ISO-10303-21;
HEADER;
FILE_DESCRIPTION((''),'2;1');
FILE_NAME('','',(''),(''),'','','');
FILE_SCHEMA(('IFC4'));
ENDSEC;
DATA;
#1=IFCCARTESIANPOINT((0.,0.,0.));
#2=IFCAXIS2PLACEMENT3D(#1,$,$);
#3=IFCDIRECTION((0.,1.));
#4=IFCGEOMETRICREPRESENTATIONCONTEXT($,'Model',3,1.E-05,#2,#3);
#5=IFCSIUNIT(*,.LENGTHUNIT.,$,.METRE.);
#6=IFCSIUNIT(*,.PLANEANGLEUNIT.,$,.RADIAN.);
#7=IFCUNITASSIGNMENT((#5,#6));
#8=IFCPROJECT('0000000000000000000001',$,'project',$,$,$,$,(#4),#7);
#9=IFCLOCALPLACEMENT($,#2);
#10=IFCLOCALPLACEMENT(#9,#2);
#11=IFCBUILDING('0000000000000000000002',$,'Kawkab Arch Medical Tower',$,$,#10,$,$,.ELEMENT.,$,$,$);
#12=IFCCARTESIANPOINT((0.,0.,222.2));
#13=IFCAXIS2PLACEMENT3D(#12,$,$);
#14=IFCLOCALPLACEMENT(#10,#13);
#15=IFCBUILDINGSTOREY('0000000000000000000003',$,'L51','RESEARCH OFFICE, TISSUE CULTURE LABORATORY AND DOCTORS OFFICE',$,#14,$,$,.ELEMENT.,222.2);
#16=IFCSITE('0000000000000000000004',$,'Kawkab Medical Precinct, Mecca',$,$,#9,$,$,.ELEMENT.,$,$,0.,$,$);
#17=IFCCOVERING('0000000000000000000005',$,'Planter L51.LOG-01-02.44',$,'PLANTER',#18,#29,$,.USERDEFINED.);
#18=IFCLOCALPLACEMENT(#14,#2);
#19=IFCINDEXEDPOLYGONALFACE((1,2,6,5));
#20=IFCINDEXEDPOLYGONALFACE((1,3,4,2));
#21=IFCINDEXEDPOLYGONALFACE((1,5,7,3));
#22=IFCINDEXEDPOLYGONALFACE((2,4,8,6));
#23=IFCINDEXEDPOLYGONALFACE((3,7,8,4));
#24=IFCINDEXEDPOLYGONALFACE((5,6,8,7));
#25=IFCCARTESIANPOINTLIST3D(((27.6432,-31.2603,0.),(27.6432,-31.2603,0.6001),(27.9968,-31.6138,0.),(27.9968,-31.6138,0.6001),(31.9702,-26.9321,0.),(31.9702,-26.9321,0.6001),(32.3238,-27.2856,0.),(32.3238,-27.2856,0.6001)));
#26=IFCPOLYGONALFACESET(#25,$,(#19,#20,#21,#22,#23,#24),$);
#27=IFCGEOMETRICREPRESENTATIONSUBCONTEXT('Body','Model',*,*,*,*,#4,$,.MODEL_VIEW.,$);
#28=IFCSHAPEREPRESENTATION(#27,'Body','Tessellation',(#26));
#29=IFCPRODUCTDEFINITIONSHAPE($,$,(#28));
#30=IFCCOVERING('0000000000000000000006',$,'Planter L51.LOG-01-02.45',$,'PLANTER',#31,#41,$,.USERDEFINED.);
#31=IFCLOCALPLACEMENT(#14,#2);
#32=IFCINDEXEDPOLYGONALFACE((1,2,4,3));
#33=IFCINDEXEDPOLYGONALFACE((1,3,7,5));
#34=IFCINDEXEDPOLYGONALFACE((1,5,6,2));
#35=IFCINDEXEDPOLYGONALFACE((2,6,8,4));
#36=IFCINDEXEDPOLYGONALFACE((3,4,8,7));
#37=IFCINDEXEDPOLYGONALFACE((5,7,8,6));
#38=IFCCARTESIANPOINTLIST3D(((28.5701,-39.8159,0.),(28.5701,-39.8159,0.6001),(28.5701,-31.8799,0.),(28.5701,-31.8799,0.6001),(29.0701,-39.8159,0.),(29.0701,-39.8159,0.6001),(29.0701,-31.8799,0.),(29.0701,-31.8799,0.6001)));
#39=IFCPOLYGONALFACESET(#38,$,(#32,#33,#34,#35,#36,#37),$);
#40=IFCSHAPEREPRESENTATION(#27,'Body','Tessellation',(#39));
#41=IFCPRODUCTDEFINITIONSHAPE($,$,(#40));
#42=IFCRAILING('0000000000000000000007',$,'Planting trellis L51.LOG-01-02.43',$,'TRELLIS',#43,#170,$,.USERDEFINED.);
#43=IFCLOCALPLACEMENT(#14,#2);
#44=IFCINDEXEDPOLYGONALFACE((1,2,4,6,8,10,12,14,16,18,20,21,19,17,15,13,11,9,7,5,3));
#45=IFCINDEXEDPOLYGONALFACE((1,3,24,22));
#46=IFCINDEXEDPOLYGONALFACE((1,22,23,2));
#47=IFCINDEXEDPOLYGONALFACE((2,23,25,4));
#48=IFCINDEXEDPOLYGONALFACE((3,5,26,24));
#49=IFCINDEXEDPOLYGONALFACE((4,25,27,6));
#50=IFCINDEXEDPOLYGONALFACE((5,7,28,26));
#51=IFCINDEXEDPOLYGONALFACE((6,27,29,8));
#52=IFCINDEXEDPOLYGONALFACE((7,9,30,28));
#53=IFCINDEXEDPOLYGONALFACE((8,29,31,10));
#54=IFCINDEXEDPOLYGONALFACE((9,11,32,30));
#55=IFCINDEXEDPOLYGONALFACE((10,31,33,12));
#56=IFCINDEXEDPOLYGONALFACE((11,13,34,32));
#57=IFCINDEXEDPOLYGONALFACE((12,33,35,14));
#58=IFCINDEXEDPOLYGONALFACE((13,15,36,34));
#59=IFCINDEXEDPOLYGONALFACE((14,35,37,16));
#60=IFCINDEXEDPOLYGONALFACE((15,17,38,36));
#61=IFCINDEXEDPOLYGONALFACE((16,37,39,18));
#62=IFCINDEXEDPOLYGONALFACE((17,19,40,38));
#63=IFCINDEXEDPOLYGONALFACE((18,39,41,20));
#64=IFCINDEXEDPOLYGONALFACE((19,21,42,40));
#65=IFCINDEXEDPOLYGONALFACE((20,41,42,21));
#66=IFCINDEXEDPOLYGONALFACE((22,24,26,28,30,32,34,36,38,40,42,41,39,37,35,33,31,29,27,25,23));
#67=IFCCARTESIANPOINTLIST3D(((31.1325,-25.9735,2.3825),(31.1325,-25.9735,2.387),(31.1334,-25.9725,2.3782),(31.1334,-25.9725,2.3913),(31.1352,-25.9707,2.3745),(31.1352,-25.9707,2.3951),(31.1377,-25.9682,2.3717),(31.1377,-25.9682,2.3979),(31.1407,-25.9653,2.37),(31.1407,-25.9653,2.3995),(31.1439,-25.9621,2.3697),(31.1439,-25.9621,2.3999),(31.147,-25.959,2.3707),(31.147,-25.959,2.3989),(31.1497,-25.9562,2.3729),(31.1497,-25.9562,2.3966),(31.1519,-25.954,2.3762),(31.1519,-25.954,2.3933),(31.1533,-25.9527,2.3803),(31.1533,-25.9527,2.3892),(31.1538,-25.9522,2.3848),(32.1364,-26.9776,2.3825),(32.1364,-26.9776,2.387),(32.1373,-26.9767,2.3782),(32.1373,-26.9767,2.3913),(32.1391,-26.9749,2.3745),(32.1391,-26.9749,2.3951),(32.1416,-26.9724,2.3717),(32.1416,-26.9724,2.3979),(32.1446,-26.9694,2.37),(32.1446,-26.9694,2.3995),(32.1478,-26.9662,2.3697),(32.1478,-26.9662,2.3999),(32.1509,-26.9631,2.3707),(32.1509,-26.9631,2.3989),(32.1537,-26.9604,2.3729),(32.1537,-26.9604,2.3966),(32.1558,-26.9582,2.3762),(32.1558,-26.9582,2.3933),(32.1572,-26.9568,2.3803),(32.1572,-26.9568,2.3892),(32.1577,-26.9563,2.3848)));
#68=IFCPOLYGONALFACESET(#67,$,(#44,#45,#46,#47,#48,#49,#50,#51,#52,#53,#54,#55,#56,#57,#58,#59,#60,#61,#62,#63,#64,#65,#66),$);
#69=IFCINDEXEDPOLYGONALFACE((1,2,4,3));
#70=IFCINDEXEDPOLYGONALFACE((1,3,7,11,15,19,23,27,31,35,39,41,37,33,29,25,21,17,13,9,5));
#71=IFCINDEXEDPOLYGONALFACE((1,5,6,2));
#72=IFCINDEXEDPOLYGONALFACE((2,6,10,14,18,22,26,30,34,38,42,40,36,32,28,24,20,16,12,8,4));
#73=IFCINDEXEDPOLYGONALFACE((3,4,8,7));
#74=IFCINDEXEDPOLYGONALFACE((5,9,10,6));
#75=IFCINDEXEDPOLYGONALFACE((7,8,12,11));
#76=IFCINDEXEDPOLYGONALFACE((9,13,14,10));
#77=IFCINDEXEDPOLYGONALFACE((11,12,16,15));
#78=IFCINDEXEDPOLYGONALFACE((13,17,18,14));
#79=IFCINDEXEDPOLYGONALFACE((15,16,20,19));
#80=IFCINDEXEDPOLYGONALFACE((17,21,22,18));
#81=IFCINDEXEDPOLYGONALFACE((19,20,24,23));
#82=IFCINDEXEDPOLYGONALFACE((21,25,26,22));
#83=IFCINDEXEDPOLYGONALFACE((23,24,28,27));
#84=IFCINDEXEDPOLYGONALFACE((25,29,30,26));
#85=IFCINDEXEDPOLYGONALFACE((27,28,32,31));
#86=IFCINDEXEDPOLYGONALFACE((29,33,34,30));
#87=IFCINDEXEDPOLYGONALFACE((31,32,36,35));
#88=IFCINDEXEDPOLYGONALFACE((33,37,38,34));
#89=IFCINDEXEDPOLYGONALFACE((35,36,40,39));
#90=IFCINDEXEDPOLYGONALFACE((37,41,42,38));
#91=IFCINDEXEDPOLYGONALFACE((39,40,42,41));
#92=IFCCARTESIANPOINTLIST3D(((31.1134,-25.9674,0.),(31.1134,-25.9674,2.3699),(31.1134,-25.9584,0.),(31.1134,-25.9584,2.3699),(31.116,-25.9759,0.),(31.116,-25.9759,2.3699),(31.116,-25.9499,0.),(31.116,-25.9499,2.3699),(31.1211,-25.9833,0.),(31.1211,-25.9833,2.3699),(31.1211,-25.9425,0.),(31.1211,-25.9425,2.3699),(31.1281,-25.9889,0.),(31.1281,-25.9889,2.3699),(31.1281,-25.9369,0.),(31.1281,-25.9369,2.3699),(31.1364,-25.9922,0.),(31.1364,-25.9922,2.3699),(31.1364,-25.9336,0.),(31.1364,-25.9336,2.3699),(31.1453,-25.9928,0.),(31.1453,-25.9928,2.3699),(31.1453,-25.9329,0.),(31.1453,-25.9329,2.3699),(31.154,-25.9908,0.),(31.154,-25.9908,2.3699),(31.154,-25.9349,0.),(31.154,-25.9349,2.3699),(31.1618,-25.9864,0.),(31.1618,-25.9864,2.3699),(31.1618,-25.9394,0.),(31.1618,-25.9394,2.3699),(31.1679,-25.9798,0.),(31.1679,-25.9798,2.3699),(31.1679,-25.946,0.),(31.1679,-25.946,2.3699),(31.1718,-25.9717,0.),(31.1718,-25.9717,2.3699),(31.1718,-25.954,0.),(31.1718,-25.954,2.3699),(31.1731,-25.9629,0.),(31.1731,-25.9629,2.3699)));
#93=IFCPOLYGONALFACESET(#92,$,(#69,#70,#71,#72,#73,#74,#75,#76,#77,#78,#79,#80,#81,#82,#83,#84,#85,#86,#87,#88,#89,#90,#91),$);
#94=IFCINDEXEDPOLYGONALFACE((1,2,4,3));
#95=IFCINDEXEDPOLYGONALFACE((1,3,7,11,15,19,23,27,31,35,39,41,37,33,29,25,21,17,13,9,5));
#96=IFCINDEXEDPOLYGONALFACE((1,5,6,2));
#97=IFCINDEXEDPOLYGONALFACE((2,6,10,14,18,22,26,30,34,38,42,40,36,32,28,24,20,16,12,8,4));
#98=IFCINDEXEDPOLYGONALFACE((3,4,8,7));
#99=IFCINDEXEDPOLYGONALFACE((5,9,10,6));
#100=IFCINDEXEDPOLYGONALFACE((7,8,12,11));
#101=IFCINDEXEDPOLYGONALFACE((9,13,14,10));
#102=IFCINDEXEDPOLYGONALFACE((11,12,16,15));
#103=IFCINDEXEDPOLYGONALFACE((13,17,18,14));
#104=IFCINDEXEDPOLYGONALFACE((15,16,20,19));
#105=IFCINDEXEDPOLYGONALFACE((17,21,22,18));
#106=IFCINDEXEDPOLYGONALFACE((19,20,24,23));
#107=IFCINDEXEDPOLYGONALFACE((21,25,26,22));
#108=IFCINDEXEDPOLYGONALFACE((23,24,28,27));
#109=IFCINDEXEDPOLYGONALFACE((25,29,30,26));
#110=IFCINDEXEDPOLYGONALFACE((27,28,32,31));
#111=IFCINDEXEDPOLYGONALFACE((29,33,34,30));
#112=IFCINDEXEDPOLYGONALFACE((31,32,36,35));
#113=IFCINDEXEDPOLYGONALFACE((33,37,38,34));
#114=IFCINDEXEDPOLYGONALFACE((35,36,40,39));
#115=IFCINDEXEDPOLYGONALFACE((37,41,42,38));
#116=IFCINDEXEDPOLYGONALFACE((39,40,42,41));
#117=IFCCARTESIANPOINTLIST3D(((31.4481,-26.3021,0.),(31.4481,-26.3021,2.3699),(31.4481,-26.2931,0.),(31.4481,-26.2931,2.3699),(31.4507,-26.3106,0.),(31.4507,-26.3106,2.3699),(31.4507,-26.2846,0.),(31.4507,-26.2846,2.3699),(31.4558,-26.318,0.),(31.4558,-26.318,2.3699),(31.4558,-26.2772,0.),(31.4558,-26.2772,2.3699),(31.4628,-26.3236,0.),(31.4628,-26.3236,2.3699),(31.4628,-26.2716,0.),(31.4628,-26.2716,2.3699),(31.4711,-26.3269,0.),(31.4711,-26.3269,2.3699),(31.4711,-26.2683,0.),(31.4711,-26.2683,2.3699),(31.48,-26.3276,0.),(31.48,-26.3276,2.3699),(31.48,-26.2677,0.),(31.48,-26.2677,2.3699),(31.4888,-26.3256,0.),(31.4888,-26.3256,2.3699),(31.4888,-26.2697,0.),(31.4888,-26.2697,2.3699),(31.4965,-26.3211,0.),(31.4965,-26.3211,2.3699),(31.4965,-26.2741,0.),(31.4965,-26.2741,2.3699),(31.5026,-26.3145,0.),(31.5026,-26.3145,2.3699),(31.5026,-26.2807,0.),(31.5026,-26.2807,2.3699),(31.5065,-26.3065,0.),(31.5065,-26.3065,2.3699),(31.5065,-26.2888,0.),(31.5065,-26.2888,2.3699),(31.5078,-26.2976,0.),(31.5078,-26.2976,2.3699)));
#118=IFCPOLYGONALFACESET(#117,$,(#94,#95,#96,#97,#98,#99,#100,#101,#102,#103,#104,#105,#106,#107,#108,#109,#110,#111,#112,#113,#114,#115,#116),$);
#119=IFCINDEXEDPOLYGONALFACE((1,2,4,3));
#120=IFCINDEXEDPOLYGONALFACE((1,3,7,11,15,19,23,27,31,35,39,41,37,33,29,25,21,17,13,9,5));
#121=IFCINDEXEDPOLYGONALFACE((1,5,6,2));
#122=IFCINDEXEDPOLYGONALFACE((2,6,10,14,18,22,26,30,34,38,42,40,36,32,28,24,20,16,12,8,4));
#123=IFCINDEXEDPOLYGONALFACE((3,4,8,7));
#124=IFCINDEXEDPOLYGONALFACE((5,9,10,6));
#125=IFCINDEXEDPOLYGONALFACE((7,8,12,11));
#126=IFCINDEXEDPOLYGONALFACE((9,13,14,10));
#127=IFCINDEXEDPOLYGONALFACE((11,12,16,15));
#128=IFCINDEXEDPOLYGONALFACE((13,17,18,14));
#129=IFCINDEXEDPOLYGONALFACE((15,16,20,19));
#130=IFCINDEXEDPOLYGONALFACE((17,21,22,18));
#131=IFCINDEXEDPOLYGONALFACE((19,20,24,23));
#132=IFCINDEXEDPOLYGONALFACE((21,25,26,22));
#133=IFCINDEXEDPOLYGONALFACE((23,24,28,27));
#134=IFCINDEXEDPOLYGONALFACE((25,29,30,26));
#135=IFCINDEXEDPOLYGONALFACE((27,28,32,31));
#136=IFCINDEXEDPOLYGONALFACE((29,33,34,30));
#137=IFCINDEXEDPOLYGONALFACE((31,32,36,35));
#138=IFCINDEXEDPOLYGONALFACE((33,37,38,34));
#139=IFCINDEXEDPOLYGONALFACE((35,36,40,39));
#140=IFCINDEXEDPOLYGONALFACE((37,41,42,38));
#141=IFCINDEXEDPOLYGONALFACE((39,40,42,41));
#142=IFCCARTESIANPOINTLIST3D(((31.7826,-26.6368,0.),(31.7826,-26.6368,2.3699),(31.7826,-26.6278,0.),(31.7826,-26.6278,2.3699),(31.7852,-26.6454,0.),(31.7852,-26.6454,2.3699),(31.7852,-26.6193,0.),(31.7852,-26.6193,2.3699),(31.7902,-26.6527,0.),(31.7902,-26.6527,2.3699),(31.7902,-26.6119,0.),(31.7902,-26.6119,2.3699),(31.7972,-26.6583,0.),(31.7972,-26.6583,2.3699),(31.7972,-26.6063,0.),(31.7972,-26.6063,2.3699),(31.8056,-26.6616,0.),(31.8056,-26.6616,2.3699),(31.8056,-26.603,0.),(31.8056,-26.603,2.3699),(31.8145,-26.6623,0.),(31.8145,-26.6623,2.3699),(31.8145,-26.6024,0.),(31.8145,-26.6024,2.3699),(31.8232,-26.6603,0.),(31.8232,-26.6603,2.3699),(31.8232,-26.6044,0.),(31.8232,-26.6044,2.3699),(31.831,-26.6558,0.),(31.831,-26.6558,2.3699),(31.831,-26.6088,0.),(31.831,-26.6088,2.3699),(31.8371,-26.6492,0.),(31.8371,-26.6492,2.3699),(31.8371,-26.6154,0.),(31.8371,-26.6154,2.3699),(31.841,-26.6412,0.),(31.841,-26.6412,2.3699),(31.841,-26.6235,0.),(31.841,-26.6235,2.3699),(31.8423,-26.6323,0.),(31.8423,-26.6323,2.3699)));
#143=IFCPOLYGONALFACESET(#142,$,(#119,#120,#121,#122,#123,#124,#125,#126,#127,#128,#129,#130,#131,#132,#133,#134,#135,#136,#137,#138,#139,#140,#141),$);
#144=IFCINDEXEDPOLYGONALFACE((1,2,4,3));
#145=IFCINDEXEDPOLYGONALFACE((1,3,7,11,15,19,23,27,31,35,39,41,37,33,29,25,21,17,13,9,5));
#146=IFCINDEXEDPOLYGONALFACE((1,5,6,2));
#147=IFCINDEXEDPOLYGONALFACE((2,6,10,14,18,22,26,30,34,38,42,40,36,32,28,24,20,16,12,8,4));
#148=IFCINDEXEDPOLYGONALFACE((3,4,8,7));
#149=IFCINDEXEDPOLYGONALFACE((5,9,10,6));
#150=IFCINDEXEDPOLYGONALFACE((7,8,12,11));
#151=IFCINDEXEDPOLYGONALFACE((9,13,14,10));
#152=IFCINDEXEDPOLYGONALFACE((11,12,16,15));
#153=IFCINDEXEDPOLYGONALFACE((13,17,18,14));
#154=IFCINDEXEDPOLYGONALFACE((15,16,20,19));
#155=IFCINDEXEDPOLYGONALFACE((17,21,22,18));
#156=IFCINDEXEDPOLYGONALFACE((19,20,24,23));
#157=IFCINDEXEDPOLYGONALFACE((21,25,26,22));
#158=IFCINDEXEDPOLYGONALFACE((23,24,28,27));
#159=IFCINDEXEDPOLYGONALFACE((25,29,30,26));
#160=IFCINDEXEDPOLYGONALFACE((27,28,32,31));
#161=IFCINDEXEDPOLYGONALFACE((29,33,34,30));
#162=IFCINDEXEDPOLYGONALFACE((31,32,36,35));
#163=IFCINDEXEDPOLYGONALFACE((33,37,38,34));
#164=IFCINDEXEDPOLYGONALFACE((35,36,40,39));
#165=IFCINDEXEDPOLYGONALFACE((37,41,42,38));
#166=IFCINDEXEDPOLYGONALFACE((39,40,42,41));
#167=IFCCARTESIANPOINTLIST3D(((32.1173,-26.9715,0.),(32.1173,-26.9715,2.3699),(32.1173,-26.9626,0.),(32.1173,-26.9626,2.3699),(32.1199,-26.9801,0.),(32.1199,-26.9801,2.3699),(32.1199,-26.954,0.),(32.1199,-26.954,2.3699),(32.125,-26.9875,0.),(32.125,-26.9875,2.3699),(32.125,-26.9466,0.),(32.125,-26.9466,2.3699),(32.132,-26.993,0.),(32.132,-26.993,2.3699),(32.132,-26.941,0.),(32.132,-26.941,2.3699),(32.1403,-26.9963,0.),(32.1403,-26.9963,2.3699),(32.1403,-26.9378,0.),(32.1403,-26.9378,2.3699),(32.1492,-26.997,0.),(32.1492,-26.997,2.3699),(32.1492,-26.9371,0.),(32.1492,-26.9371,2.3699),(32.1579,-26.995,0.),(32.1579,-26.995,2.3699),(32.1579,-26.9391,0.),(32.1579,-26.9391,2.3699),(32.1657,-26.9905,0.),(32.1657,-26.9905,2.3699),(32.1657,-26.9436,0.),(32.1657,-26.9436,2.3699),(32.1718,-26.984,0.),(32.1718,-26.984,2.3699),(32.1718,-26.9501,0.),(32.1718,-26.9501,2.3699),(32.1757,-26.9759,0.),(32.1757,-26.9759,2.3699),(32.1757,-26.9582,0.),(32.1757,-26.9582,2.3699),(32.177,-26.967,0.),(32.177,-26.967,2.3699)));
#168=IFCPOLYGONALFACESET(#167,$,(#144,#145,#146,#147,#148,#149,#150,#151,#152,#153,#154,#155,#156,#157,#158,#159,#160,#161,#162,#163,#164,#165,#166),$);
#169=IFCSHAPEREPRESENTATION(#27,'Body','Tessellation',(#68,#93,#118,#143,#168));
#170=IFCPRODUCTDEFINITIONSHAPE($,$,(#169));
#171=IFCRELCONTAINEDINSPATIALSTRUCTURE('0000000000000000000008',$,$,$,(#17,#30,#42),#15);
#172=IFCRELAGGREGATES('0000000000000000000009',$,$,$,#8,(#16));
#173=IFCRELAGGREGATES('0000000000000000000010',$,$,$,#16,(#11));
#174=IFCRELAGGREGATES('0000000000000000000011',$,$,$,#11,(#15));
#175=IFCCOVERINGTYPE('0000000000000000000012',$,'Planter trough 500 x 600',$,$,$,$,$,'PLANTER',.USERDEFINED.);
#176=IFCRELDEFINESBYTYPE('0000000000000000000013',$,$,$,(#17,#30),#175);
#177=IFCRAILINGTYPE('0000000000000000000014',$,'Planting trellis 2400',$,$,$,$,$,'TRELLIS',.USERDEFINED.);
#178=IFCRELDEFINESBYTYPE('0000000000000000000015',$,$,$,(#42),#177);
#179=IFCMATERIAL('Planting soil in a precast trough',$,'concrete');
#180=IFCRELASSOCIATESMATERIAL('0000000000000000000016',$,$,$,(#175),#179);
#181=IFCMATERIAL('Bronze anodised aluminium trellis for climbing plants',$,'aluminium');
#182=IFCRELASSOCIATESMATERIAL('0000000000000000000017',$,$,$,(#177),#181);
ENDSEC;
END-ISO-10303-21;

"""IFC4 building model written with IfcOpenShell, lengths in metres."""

from ifc_helpers import new_model, si_unit, direction, frame, origin, origin_2d, place, context, subcontext, project, spatial, rectangle, circle, extrude, material, material_profile, profile_set, type_object, element, save


model = new_model("IFC4")

# Units and contexts
model_context = context("Model", 3, precision=1e-05, world=origin(), true_north=direction((0.0, 1.0)))
body_context = subcontext(model_context, "Body", "Model", "MODEL_VIEW")
ifc_project = project(units=[si_unit("LENGTHUNIT", "METRE"), si_unit("PLANEANGLEUNIT", "RADIAN")], contexts=[model_context])

# Site, building, storey
site_placement = place(None, origin())
site = spatial("IfcSite", under=ifc_project, at=site_placement, Name="Kawkab Medical Precinct, Mecca", CompositionType="ELEMENT", RefElevation=0.0)
building_placement = place(site_placement, origin())
building = spatial("IfcBuilding", under=site, at=building_placement, Name="Kawkab Arch Medical Tower", CompositionType="ELEMENT")
storey_placement = place(building_placement, frame((0.0, 0.0, 222.2)))
storey = spatial("IfcBuildingStorey", under=building, at=storey_placement, Name="L51", Description="RESEARCH OFFICE, TISSUE CULTURE LABORATORY AND DOCTORS OFFICE", CompositionType="ELEMENT", Elevation=222.2)

# Coverings
ifc_material_1 = material(Name="Planting soil in a precast trough", Category="concrete")
ifc_material_profile_1 = material_profile(ifc_material_1, rectangle(XDim=0.5, YDim=0.6001, at=origin_2d()), Name="Trough 500x600")
ifc_profile_set_1 = profile_set([ifc_material_profile_1], Name="Planting soil in a precast trough")
covering_type_1 = type_object("IfcCoveringType", Name="Planter trough 500 x 600", ElementType="PLANTER", PredefinedType="USERDEFINED", material=ifc_profile_set_1)
covering_1_placement = place(storey_placement, frame((32.147, -27.1089, 0.3), z_axis=(-0.707007, -0.707207, 0.0), x_axis=(0.707207, -0.707007, 0.0)))
element("IfcCovering", 1, at=covering_1_placement, inside=storey, type_object=covering_type_1, Name="Planter L51.LOG-01-02.44", ObjectType="PLANTER", PredefinedType="USERDEFINED", context=body_context, shape_type="SweptSolid", body=[
    extrude(rectangle(XDim=0.5, YDim=0.6001, at=origin_2d()), origin(), (0.0, 0.0, 1.0), 6.1201),
])
covering_2_placement = place(storey_placement, frame((28.8201, -31.8799, 0.3), z_axis=(0.0, -1.0, 0.0), x_axis=(1.0, 0.0, 0.0)))
element("IfcCovering", 2, at=covering_2_placement, inside=storey, type_object=covering_type_1, Name="Planter L51.LOG-01-02.45", ObjectType="PLANTER", PredefinedType="USERDEFINED", context=body_context, shape_type="SweptSolid", body=[
    extrude(rectangle(XDim=0.5, YDim=0.6001, at=origin_2d()), origin(), (0.0, 0.0, 1.0), 7.936),
])

# Railing
ifc_material_2 = material(Name="Bronze anodised aluminium trellis for climbing plants", Category="aluminium")
railing_type_1 = type_object("IfcRailingType", Name="Planting trellis 2400", ElementType="TRELLIS", PredefinedType="USERDEFINED", material=ifc_material_2)
railing_1_placement = place(storey_placement, frame((31.1431, -25.9629, 0.0)))
element("IfcRailing", 3, at=railing_1_placement, inside=storey, type_object=railing_type_1, Name="Planting trellis L51.LOG-01-02.43", ObjectType="TRELLIS", PredefinedType="USERDEFINED", context=body_context, shape_type="SweptSolid", body=[
    extrude(circle(Radius=0.0151, at=origin_2d()), frame((0.0, 0.0, 2.3848), z_axis=(0.707021, -0.707193, 0.0), x_axis=(0.707193, 0.707021, 0.0)), (0.0, 0.0, 1.0), 1.4199),
    extrude(circle(Radius=0.03, at=origin_2d()), origin(), (0.0, 0.0, 1.0), 2.3699),
    extrude(circle(Radius=0.03, at=origin_2d()), frame((0.3347, -0.3347, 0.0)), (0.0, 0.0, 1.0), 2.3699),
    extrude(circle(Radius=0.03, at=origin_2d()), frame((0.6692, -0.6694, 0.0)), (0.0, 0.0, 1.0), 2.3699),
    extrude(circle(Radius=0.03, at=origin_2d()), frame((1.0039, -1.0042, 0.0)), (0.0, 0.0, 1.0), 2.3699),
])

save(model, "model.ifc")
